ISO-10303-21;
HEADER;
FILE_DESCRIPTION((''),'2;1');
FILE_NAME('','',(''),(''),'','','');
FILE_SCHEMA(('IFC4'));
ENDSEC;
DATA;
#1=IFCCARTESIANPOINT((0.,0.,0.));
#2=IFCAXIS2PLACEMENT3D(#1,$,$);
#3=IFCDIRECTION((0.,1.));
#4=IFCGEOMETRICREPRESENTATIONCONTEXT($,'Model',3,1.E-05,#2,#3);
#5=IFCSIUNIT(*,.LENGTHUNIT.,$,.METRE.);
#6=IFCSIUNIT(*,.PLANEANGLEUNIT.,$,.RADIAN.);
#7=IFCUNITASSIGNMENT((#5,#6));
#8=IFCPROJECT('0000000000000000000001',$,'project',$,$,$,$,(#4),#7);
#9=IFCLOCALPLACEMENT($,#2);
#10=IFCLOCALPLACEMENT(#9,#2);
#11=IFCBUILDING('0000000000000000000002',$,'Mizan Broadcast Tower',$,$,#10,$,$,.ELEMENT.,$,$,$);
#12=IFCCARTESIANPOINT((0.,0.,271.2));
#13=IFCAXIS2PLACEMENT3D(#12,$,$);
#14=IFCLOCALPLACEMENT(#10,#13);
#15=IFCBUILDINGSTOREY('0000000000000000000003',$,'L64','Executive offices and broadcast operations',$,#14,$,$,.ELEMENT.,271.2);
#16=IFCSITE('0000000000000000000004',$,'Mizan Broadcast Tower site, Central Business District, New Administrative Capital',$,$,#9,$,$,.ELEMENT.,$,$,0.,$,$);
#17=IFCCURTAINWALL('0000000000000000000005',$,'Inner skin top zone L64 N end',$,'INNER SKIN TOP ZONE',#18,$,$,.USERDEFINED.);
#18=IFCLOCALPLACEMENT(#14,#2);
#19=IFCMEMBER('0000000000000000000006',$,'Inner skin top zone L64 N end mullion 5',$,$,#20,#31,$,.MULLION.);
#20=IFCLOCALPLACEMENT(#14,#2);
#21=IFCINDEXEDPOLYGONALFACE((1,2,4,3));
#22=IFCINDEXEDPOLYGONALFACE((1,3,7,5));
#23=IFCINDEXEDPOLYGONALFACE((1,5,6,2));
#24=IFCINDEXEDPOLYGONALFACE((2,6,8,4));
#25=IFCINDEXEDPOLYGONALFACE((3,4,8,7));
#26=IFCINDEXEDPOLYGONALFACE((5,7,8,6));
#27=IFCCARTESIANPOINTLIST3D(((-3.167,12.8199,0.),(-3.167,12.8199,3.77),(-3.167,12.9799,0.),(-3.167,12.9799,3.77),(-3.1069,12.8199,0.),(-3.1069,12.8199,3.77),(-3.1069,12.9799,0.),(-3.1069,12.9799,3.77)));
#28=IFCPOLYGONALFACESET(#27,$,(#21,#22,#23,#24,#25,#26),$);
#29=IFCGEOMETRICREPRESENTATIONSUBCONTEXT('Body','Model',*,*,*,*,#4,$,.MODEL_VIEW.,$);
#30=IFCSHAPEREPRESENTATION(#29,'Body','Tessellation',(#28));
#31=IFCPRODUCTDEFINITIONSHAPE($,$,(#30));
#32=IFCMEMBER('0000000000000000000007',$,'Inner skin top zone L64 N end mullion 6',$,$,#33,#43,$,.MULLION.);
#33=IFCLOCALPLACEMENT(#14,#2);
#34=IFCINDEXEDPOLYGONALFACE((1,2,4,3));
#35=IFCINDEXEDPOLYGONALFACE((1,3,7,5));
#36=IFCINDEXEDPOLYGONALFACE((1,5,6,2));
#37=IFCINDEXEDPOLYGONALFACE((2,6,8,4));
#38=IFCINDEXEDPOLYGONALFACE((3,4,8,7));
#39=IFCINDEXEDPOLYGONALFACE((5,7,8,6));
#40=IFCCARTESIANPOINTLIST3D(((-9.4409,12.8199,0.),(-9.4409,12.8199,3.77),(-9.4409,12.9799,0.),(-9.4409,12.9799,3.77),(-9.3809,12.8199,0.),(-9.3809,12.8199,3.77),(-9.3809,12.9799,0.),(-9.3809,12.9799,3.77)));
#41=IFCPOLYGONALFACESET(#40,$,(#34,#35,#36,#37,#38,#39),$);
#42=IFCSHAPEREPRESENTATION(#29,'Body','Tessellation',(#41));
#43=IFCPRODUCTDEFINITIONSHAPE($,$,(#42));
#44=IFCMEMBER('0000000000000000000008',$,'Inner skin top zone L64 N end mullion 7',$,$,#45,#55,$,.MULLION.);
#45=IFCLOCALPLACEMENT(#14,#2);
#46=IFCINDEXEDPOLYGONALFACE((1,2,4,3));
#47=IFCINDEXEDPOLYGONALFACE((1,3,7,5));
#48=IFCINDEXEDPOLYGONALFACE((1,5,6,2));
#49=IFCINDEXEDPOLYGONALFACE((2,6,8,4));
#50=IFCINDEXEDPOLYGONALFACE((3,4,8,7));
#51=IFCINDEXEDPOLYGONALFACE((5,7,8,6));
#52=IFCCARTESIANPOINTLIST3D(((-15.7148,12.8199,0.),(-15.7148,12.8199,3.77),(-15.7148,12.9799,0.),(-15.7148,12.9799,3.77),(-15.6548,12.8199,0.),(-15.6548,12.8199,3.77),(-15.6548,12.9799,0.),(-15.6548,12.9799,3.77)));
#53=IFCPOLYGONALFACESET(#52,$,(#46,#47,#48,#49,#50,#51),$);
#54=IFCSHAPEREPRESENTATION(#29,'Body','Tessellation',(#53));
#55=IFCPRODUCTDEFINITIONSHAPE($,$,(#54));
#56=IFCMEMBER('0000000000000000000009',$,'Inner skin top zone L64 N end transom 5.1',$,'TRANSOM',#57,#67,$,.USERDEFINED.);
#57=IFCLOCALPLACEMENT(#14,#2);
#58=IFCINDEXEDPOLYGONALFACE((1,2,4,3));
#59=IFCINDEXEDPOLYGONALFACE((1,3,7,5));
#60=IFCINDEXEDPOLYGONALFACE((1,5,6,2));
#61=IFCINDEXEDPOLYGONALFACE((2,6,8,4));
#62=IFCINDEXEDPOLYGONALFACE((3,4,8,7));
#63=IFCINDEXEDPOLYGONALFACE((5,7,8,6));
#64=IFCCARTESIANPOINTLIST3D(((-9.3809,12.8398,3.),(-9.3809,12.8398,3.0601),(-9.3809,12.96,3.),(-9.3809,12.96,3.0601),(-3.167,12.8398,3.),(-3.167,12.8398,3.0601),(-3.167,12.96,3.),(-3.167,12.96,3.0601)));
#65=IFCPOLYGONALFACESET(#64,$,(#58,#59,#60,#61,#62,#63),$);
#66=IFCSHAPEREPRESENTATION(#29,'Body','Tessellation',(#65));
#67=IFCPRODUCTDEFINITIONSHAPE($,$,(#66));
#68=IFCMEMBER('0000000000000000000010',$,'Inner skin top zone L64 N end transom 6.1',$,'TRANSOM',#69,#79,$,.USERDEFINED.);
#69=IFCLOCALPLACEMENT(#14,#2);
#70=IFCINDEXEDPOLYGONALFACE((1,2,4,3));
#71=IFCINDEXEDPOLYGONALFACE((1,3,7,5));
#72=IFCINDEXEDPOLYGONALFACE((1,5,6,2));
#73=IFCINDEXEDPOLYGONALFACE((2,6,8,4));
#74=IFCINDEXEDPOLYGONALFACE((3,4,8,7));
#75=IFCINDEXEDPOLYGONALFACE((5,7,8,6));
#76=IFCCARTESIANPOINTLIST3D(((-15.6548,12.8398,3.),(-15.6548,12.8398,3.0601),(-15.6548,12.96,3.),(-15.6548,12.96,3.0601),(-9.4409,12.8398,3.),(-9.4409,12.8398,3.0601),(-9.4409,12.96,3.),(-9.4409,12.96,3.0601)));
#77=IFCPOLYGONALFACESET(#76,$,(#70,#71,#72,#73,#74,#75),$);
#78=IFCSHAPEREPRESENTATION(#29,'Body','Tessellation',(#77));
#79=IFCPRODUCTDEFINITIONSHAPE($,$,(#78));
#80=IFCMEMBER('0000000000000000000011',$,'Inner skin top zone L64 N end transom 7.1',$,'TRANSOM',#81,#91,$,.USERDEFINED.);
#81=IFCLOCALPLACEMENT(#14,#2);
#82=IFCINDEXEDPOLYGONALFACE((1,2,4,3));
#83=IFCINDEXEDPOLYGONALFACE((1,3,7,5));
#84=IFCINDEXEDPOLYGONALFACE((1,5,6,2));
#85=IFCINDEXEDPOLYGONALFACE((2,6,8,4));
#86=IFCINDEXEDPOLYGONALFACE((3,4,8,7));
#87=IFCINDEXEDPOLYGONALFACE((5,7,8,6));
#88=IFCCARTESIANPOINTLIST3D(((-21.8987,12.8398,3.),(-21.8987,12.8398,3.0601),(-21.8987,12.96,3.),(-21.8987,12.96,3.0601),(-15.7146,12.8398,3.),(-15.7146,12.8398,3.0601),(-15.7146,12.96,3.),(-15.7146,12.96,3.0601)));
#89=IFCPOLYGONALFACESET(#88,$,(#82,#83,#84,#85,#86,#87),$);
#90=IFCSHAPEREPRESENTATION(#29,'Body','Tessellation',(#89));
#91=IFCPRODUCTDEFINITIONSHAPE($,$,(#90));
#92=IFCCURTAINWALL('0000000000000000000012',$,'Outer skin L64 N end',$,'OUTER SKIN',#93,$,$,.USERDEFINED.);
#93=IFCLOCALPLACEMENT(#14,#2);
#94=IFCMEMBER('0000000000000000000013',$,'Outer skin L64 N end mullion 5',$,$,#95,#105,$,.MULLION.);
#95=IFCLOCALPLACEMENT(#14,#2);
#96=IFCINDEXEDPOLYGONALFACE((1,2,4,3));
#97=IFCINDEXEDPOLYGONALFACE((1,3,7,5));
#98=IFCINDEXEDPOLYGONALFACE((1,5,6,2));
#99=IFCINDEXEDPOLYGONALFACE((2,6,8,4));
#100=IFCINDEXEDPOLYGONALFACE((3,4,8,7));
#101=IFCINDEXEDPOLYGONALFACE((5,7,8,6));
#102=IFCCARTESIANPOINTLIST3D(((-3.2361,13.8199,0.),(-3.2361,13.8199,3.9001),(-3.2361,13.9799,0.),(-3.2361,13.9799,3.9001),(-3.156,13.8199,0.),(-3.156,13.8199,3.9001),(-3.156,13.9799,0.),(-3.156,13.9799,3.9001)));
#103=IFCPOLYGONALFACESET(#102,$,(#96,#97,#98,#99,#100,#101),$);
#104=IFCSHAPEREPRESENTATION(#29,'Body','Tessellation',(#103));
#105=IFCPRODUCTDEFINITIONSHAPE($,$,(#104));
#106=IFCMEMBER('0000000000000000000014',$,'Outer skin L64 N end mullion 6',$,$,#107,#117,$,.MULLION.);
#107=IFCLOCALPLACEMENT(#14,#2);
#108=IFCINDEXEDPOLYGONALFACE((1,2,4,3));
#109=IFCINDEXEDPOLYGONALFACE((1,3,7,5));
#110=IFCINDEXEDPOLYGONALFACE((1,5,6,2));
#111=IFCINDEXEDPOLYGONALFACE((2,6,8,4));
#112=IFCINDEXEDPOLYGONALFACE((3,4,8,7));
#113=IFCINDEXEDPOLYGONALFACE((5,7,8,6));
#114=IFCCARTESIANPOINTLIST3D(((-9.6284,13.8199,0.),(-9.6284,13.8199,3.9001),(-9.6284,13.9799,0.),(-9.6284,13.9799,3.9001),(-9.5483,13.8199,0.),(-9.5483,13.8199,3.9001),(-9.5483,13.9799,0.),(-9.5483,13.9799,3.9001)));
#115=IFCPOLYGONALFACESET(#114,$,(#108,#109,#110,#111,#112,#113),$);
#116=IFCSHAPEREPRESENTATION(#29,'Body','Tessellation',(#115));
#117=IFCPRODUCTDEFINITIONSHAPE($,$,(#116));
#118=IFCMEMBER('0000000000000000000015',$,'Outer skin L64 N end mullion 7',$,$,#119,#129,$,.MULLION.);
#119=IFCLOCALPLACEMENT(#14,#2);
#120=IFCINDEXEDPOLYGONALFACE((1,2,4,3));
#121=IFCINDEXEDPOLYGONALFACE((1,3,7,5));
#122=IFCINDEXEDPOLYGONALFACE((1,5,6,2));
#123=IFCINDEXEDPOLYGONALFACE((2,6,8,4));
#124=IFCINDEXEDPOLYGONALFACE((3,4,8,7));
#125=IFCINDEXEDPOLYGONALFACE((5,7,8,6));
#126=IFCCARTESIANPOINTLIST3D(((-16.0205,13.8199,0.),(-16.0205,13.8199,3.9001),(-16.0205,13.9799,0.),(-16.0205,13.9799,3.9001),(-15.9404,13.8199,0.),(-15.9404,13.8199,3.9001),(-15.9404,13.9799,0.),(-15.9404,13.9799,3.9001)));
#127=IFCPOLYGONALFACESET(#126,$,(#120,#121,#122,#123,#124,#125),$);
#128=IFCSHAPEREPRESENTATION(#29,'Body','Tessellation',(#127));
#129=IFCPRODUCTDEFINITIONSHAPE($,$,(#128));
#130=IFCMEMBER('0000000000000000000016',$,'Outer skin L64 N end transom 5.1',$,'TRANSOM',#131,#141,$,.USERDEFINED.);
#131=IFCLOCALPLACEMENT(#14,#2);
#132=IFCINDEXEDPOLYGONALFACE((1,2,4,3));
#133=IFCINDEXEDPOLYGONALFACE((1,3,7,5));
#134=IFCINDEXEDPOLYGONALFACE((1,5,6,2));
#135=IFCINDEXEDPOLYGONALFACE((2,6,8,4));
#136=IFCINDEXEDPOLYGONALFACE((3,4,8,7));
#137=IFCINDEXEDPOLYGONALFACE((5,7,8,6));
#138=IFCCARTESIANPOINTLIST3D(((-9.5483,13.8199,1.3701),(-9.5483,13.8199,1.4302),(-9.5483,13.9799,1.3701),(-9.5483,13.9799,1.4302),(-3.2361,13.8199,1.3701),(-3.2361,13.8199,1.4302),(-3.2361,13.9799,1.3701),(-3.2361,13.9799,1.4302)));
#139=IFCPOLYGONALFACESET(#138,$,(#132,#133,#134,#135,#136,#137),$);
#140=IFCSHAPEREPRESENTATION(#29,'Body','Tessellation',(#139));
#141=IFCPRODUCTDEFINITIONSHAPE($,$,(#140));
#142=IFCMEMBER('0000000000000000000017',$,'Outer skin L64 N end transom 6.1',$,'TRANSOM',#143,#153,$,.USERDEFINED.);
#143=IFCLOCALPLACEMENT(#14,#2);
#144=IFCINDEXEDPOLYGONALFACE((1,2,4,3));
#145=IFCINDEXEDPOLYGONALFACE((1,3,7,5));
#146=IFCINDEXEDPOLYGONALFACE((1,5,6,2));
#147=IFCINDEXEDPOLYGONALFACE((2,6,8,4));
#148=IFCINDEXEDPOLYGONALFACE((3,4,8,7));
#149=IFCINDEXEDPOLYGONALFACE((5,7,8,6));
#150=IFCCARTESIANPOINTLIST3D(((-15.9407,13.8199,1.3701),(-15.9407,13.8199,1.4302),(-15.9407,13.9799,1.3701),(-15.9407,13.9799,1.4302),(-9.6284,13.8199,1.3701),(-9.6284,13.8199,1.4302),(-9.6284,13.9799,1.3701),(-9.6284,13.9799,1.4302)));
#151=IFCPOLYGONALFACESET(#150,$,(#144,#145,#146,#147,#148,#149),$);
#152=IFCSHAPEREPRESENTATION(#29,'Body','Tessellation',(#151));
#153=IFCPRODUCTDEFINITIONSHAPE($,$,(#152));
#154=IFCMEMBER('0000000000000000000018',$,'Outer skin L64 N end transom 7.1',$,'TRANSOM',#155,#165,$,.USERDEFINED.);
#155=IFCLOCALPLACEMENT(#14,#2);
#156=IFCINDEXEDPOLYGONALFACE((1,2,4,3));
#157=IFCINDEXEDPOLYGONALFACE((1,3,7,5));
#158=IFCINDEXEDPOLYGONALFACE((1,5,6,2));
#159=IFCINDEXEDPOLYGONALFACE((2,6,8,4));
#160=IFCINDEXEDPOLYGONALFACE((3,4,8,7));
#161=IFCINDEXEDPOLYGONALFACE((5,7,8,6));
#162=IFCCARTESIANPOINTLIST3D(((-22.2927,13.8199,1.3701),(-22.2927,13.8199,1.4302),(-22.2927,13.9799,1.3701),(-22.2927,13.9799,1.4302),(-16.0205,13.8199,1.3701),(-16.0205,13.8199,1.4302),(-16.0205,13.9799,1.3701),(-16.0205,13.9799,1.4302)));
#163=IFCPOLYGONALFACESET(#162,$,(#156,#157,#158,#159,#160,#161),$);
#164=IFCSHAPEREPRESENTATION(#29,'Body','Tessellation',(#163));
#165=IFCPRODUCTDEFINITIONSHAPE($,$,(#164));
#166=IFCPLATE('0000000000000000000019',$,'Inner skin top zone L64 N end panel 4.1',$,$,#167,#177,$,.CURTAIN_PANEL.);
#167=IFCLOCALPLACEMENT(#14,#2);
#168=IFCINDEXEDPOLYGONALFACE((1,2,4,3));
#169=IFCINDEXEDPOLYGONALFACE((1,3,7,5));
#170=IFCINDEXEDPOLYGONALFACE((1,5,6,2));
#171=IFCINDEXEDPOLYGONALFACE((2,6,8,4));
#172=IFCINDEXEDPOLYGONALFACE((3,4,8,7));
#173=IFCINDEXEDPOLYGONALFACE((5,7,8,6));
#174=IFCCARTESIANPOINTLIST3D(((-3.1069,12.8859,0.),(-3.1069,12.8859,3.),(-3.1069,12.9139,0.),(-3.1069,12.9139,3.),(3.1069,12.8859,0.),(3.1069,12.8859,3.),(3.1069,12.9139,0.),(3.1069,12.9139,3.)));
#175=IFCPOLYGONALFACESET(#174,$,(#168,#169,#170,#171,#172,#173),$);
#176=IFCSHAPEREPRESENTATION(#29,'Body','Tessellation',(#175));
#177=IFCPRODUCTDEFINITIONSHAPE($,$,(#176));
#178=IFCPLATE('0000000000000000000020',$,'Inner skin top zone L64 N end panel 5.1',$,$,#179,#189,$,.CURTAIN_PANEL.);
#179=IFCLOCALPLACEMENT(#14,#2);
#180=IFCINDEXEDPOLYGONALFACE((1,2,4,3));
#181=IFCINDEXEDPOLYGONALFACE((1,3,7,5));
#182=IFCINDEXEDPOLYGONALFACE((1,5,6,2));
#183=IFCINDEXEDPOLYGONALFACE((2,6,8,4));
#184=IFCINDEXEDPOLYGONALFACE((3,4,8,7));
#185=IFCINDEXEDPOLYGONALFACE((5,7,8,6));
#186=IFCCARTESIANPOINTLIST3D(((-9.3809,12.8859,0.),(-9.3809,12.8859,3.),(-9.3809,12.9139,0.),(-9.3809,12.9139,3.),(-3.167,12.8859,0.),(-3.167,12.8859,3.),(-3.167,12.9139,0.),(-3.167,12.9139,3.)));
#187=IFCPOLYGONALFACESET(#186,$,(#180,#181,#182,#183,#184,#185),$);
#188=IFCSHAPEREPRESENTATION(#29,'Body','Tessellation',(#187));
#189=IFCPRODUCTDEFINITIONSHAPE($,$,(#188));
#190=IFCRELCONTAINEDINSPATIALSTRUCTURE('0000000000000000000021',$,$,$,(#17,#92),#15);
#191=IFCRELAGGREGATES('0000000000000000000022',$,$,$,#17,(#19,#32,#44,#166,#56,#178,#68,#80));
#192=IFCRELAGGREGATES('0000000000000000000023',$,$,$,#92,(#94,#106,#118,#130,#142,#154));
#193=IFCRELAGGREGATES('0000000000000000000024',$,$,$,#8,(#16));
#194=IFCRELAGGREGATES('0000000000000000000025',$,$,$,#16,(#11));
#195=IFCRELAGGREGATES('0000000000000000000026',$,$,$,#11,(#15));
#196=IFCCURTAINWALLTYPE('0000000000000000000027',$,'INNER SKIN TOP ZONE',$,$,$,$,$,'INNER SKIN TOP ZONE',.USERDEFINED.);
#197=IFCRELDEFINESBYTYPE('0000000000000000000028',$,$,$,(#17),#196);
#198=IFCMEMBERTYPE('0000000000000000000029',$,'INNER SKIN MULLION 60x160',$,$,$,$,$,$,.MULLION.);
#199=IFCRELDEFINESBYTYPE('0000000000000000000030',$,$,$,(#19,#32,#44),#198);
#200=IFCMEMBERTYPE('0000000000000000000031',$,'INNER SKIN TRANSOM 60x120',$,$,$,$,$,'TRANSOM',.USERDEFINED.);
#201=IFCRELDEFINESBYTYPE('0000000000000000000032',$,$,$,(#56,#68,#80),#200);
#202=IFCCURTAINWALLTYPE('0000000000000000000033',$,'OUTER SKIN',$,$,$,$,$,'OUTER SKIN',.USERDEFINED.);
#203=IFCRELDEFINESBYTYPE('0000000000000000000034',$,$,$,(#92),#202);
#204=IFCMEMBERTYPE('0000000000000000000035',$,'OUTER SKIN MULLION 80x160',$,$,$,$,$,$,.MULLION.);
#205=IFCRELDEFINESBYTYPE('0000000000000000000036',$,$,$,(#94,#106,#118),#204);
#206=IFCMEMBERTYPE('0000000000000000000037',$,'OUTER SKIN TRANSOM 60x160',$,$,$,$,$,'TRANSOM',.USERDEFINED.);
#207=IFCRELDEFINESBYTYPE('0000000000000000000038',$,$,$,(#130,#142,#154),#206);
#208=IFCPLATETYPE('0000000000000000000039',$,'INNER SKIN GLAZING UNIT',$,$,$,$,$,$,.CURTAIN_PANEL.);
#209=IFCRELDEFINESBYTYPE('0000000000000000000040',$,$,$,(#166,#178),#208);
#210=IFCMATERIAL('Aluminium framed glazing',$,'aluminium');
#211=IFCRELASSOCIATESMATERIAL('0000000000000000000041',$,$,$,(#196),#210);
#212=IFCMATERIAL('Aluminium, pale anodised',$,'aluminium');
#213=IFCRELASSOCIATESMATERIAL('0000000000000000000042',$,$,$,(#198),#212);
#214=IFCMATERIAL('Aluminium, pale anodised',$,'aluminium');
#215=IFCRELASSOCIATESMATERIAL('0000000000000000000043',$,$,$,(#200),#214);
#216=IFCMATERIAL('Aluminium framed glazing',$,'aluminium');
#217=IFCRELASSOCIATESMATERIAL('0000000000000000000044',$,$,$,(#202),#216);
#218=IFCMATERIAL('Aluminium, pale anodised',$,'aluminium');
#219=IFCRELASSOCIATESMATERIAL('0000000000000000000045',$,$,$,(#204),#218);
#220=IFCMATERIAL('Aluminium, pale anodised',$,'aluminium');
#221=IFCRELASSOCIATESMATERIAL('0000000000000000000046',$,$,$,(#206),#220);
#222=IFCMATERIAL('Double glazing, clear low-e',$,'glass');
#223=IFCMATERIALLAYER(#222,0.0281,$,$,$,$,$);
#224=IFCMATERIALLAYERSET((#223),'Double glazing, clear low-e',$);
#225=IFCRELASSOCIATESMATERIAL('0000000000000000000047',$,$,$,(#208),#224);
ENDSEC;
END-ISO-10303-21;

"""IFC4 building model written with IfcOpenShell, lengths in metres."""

from ifc_helpers import new_model, si_unit, direction, frame, origin, origin_2d, place, context, subcontext, project, spatial, rectangle, extrude, material, layer, layer_set, material_profile, profile_set, type_object, element, aggregate, save


model = new_model("IFC4")

# Units and contexts
model_context = context("Model", 3, precision=1e-05, world=origin(), true_north=direction((0.0, 1.0)))
body_context = subcontext(model_context, "Body", "Model", "MODEL_VIEW")
ifc_project = project(units=[si_unit("LENGTHUNIT", "METRE"), si_unit("PLANEANGLEUNIT", "RADIAN")], contexts=[model_context])

# Site, building, storey
site_placement = place(None, origin())
site = spatial("IfcSite", under=ifc_project, at=site_placement, Name="Mizan Broadcast Tower site, Central Business District, New Administrative Capital", CompositionType="ELEMENT", RefElevation=0.0)
building_placement = place(site_placement, origin())
building = spatial("IfcBuilding", under=site, at=building_placement, Name="Mizan Broadcast Tower", CompositionType="ELEMENT")
storey_placement = place(building_placement, frame((0.0, 0.0, 271.2)))
storey = spatial("IfcBuildingStorey", under=building, at=storey_placement, Name="L64", Description="Executive offices and broadcast operations", CompositionType="ELEMENT", Elevation=271.2)

# Curtain walls, members
ifc_material_1 = material(Name="Aluminium framed glazing", Category="aluminium")
curtain_wall_type_1 = type_object("IfcCurtainWallType", Name="INNER SKIN TOP ZONE", ElementType="INNER SKIN TOP ZONE", PredefinedType="USERDEFINED", material=ifc_material_1)
curtain_wall_1_placement = place(storey_placement, origin())
curtain_wall_1 = element("IfcCurtainWall", 1, at=curtain_wall_1_placement, inside=storey, type_object=curtain_wall_type_1, Name="Inner skin top zone L64 N end", ObjectType="INNER SKIN TOP ZONE", PredefinedType="USERDEFINED")
ifc_material_2 = material(Name="Aluminium, pale anodised", Category="aluminium")
ifc_material_profile_1 = material_profile(ifc_material_2, rectangle(XDim=0.1599, YDim=0.0601, at=origin_2d()), Name="MULLION 160x60")
ifc_profile_set_1 = profile_set([ifc_material_profile_1], Name="Aluminium, pale anodised")
member_type_1 = type_object("IfcMemberType", Name="INNER SKIN MULLION 60x160", PredefinedType="MULLION", material=ifc_profile_set_1)
member_1_placement = place(storey_placement, frame((-3.137, 12.8999, 0.0), z_axis=(0.0, 0.0, 1.0), x_axis=(0.0, -1.0, 0.0)))
member_1 = element("IfcMember", 2, at=member_1_placement, type_object=member_type_1, Name="Inner skin top zone L64 N end mullion 5", PredefinedType="MULLION", context=body_context, shape_type="SweptSolid", body=[
    extrude(rectangle(XDim=0.1599, YDim=0.0601, at=origin_2d()), origin(), (0.0, 0.0, 1.0), 3.77),
])
member_2_placement = place(storey_placement, frame((-9.4109, 12.8999, 0.0), z_axis=(0.0, 0.0, 1.0), x_axis=(0.0, -1.0, 0.0)))
member_2 = element("IfcMember", 3, at=member_2_placement, type_object=member_type_1, Name="Inner skin top zone L64 N end mullion 6", PredefinedType="MULLION", context=body_context, shape_type="SweptSolid", body=[
    extrude(rectangle(XDim=0.1599, YDim=0.0601, at=origin_2d()), origin(), (0.0, 0.0, 1.0), 3.77),
])
member_3_placement = place(storey_placement, frame((-15.6848, 12.8999, 0.0), z_axis=(0.0, 0.0, 1.0), x_axis=(0.0, -1.0, 0.0)))
member_3 = element("IfcMember", 4, at=member_3_placement, type_object=member_type_1, Name="Inner skin top zone L64 N end mullion 7", PredefinedType="MULLION", context=body_context, shape_type="SweptSolid", body=[
    extrude(rectangle(XDim=0.1599, YDim=0.0601, at=origin_2d()), origin(), (0.0, 0.0, 1.0), 3.77),
])
ifc_material_3 = material(Name="Aluminium, pale anodised", Category="aluminium")
ifc_material_profile_2 = material_profile(ifc_material_3, rectangle(XDim=0.1201, YDim=0.0601, at=origin_2d()), Name="TRANSOM 120x60")
ifc_profile_set_2 = profile_set([ifc_material_profile_2], Name="Aluminium, pale anodised")
member_type_2 = type_object("IfcMemberType", Name="INNER SKIN TRANSOM 60x120", ElementType="TRANSOM", PredefinedType="USERDEFINED", material=ifc_profile_set_2)
member_4_placement = place(storey_placement, frame((-3.167, 12.8999, 3.03), z_axis=(-1.0, 0.0, 0.0), x_axis=(0.0, -1.0, 0.0)))
member_4 = element("IfcMember", 5, at=member_4_placement, type_object=member_type_2, Name="Inner skin top zone L64 N end transom 5.1", ObjectType="TRANSOM", PredefinedType="USERDEFINED", context=body_context, shape_type="SweptSolid", body=[
    extrude(rectangle(XDim=0.1201, YDim=0.0601, at=origin_2d()), origin(), (0.0, 0.0, 1.0), 6.2139),
])
member_5_placement = place(storey_placement, frame((-9.4409, 12.8999, 3.03), z_axis=(-1.0, 0.0, 0.0), x_axis=(0.0, -1.0, 0.0)))
member_5 = element("IfcMember", 6, at=member_5_placement, type_object=member_type_2, Name="Inner skin top zone L64 N end transom 6.1", ObjectType="TRANSOM", PredefinedType="USERDEFINED", context=body_context, shape_type="SweptSolid", body=[
    extrude(rectangle(XDim=0.1201, YDim=0.0601, at=origin_2d()), origin(), (0.0, 0.0, 1.0), 6.2139),
])
member_6_placement = place(storey_placement, frame((-15.7146, 12.8999, 3.03), z_axis=(-1.0, 0.0, 0.0), x_axis=(0.0, -1.0, 0.0)))
member_6 = element("IfcMember", 7, at=member_6_placement, type_object=member_type_2, Name="Inner skin top zone L64 N end transom 7.1", ObjectType="TRANSOM", PredefinedType="USERDEFINED", context=body_context, shape_type="SweptSolid", body=[
    extrude(rectangle(XDim=0.1201, YDim=0.0601, at=origin_2d()), origin(), (0.0, 0.0, 1.0), 6.1841),
])
ifc_material_4 = material(Name="Aluminium framed glazing", Category="aluminium")
curtain_wall_type_2 = type_object("IfcCurtainWallType", Name="OUTER SKIN", ElementType="OUTER SKIN", PredefinedType="USERDEFINED", material=ifc_material_4)
curtain_wall_2_placement = place(storey_placement, origin())
curtain_wall_2 = element("IfcCurtainWall", 8, at=curtain_wall_2_placement, inside=storey, type_object=curtain_wall_type_2, Name="Outer skin L64 N end", ObjectType="OUTER SKIN", PredefinedType="USERDEFINED")
ifc_material_5 = material(Name="Aluminium, pale anodised", Category="aluminium")
ifc_material_profile_3 = material_profile(ifc_material_5, rectangle(XDim=0.1599, YDim=0.0801, at=origin_2d()), Name="MULLION 160x80")
ifc_profile_set_3 = profile_set([ifc_material_profile_3], Name="Aluminium, pale anodised")
member_type_3 = type_object("IfcMemberType", Name="OUTER SKIN MULLION 80x160", PredefinedType="MULLION", material=ifc_profile_set_3)
member_7_placement = place(storey_placement, frame((-3.196, 13.8999, 0.0), z_axis=(0.0, 0.0, 1.0), x_axis=(0.0, -1.0, 0.0)))
member_7 = element("IfcMember", 9, at=member_7_placement, type_object=member_type_3, Name="Outer skin L64 N end mullion 5", PredefinedType="MULLION", context=body_context, shape_type="SweptSolid", body=[
    extrude(rectangle(XDim=0.1599, YDim=0.0801, at=origin_2d()), origin(), (0.0, 0.0, 1.0), 3.9001),
])
member_8_placement = place(storey_placement, frame((-9.5884, 13.8999, 0.0), z_axis=(0.0, 0.0, 1.0), x_axis=(0.0, -1.0, 0.0)))
member_8 = element("IfcMember", 10, at=member_8_placement, type_object=member_type_3, Name="Outer skin L64 N end mullion 6", PredefinedType="MULLION", context=body_context, shape_type="SweptSolid", body=[
    extrude(rectangle(XDim=0.1599, YDim=0.0801, at=origin_2d()), origin(), (0.0, 0.0, 1.0), 3.9001),
])
member_9_placement = place(storey_placement, frame((-15.9805, 13.8999, 0.0), z_axis=(0.0, 0.0, 1.0), x_axis=(0.0, -1.0, 0.0)))
member_9 = element("IfcMember", 11, at=member_9_placement, type_object=member_type_3, Name="Outer skin L64 N end mullion 7", PredefinedType="MULLION", context=body_context, shape_type="SweptSolid", body=[
    extrude(rectangle(XDim=0.1599, YDim=0.0801, at=origin_2d()), origin(), (0.0, 0.0, 1.0), 3.9001),
])
ifc_material_6 = material(Name="Aluminium, pale anodised", Category="aluminium")
ifc_material_profile_4 = material_profile(ifc_material_6, rectangle(XDim=0.1599, YDim=0.0601, at=origin_2d()), Name="TRANSOM 160x60")
ifc_profile_set_4 = profile_set([ifc_material_profile_4], Name="Aluminium, pale anodised")
member_type_4 = type_object("IfcMemberType", Name="OUTER SKIN TRANSOM 60x160", ElementType="TRANSOM", PredefinedType="USERDEFINED", material=ifc_profile_set_4)
member_10_placement = place(storey_placement, frame((-3.2361, 13.8999, 1.4001), z_axis=(-1.0, 0.0, 0.0), x_axis=(0.0, -1.0, 0.0)))
member_10 = element("IfcMember", 12, at=member_10_placement, type_object=member_type_4, Name="Outer skin L64 N end transom 5.1", ObjectType="TRANSOM", PredefinedType="USERDEFINED", context=body_context, shape_type="SweptSolid", body=[
    extrude(rectangle(XDim=0.1599, YDim=0.0601, at=origin_2d()), origin(), (0.0, 0.0, 1.0), 6.3123),
])
member_11_placement = place(storey_placement, frame((-9.6284, 13.8999, 1.4001), z_axis=(-1.0, 0.0, 0.0), x_axis=(0.0, -1.0, 0.0)))
member_11 = element("IfcMember", 13, at=member_11_placement, type_object=member_type_4, Name="Outer skin L64 N end transom 6.1", ObjectType="TRANSOM", PredefinedType="USERDEFINED", context=body_context, shape_type="SweptSolid", body=[
    extrude(rectangle(XDim=0.1599, YDim=0.0601, at=origin_2d()), origin(), (0.0, 0.0, 1.0), 6.3123),
])
member_12_placement = place(storey_placement, frame((-16.0205, 13.8999, 1.4001), z_axis=(-1.0, 0.0, 0.0), x_axis=(0.0, -1.0, 0.0)))
member_12 = element("IfcMember", 14, at=member_12_placement, type_object=member_type_4, Name="Outer skin L64 N end transom 7.1", ObjectType="TRANSOM", PredefinedType="USERDEFINED", context=body_context, shape_type="SweptSolid", body=[
    extrude(rectangle(XDim=0.1599, YDim=0.0601, at=origin_2d()), origin(), (0.0, 0.0, 1.0), 6.2722),
])

# Plates
ifc_material_7 = material(Name="Double glazing, clear low-e", Category="glass")
ifc_layer_1 = layer(ifc_material_7, 0.0281)
ifc_layer_set_1 = layer_set([ifc_layer_1], Name="Double glazing, clear low-e")
plate_type_1 = type_object("IfcPlateType", Name="INNER SKIN GLAZING UNIT", PredefinedType="CURTAIN_PANEL", material=ifc_layer_set_1)
plate_1_placement = place(storey_placement, frame((0.0, 12.8999, 0.0), z_axis=(0.0, 0.0, 1.0), x_axis=(-1.0, 0.0, 0.0)))
plate_1 = element("IfcPlate", 15, at=plate_1_placement, type_object=plate_type_1, Name="Inner skin top zone L64 N end panel 4.1", PredefinedType="CURTAIN_PANEL", context=body_context, shape_type="SweptSolid", body=[
    extrude(rectangle(XDim=6.2139, YDim=0.0281, at=origin_2d()), origin(), (0.0, 0.0, 1.0), 3.0),
])
plate_2_placement = place(storey_placement, frame((-6.2739, 12.8999, 0.0), z_axis=(0.0, 0.0, 1.0), x_axis=(-1.0, 0.0, 0.0)))
plate_2 = element("IfcPlate", 16, at=plate_2_placement, type_object=plate_type_1, Name="Inner skin top zone L64 N end panel 5.1", PredefinedType="CURTAIN_PANEL", context=body_context, shape_type="SweptSolid", body=[
    extrude(rectangle(XDim=6.2139, YDim=0.0281, at=origin_2d()), origin(), (0.0, 0.0, 1.0), 3.0),
])
aggregate(curtain_wall_1, [member_1, member_2, member_3, plate_1, member_4, plate_2, member_5, member_6])
aggregate(curtain_wall_2, [member_7, member_8, member_9, member_10, member_11, member_12])

save(model, "model.ifc")
